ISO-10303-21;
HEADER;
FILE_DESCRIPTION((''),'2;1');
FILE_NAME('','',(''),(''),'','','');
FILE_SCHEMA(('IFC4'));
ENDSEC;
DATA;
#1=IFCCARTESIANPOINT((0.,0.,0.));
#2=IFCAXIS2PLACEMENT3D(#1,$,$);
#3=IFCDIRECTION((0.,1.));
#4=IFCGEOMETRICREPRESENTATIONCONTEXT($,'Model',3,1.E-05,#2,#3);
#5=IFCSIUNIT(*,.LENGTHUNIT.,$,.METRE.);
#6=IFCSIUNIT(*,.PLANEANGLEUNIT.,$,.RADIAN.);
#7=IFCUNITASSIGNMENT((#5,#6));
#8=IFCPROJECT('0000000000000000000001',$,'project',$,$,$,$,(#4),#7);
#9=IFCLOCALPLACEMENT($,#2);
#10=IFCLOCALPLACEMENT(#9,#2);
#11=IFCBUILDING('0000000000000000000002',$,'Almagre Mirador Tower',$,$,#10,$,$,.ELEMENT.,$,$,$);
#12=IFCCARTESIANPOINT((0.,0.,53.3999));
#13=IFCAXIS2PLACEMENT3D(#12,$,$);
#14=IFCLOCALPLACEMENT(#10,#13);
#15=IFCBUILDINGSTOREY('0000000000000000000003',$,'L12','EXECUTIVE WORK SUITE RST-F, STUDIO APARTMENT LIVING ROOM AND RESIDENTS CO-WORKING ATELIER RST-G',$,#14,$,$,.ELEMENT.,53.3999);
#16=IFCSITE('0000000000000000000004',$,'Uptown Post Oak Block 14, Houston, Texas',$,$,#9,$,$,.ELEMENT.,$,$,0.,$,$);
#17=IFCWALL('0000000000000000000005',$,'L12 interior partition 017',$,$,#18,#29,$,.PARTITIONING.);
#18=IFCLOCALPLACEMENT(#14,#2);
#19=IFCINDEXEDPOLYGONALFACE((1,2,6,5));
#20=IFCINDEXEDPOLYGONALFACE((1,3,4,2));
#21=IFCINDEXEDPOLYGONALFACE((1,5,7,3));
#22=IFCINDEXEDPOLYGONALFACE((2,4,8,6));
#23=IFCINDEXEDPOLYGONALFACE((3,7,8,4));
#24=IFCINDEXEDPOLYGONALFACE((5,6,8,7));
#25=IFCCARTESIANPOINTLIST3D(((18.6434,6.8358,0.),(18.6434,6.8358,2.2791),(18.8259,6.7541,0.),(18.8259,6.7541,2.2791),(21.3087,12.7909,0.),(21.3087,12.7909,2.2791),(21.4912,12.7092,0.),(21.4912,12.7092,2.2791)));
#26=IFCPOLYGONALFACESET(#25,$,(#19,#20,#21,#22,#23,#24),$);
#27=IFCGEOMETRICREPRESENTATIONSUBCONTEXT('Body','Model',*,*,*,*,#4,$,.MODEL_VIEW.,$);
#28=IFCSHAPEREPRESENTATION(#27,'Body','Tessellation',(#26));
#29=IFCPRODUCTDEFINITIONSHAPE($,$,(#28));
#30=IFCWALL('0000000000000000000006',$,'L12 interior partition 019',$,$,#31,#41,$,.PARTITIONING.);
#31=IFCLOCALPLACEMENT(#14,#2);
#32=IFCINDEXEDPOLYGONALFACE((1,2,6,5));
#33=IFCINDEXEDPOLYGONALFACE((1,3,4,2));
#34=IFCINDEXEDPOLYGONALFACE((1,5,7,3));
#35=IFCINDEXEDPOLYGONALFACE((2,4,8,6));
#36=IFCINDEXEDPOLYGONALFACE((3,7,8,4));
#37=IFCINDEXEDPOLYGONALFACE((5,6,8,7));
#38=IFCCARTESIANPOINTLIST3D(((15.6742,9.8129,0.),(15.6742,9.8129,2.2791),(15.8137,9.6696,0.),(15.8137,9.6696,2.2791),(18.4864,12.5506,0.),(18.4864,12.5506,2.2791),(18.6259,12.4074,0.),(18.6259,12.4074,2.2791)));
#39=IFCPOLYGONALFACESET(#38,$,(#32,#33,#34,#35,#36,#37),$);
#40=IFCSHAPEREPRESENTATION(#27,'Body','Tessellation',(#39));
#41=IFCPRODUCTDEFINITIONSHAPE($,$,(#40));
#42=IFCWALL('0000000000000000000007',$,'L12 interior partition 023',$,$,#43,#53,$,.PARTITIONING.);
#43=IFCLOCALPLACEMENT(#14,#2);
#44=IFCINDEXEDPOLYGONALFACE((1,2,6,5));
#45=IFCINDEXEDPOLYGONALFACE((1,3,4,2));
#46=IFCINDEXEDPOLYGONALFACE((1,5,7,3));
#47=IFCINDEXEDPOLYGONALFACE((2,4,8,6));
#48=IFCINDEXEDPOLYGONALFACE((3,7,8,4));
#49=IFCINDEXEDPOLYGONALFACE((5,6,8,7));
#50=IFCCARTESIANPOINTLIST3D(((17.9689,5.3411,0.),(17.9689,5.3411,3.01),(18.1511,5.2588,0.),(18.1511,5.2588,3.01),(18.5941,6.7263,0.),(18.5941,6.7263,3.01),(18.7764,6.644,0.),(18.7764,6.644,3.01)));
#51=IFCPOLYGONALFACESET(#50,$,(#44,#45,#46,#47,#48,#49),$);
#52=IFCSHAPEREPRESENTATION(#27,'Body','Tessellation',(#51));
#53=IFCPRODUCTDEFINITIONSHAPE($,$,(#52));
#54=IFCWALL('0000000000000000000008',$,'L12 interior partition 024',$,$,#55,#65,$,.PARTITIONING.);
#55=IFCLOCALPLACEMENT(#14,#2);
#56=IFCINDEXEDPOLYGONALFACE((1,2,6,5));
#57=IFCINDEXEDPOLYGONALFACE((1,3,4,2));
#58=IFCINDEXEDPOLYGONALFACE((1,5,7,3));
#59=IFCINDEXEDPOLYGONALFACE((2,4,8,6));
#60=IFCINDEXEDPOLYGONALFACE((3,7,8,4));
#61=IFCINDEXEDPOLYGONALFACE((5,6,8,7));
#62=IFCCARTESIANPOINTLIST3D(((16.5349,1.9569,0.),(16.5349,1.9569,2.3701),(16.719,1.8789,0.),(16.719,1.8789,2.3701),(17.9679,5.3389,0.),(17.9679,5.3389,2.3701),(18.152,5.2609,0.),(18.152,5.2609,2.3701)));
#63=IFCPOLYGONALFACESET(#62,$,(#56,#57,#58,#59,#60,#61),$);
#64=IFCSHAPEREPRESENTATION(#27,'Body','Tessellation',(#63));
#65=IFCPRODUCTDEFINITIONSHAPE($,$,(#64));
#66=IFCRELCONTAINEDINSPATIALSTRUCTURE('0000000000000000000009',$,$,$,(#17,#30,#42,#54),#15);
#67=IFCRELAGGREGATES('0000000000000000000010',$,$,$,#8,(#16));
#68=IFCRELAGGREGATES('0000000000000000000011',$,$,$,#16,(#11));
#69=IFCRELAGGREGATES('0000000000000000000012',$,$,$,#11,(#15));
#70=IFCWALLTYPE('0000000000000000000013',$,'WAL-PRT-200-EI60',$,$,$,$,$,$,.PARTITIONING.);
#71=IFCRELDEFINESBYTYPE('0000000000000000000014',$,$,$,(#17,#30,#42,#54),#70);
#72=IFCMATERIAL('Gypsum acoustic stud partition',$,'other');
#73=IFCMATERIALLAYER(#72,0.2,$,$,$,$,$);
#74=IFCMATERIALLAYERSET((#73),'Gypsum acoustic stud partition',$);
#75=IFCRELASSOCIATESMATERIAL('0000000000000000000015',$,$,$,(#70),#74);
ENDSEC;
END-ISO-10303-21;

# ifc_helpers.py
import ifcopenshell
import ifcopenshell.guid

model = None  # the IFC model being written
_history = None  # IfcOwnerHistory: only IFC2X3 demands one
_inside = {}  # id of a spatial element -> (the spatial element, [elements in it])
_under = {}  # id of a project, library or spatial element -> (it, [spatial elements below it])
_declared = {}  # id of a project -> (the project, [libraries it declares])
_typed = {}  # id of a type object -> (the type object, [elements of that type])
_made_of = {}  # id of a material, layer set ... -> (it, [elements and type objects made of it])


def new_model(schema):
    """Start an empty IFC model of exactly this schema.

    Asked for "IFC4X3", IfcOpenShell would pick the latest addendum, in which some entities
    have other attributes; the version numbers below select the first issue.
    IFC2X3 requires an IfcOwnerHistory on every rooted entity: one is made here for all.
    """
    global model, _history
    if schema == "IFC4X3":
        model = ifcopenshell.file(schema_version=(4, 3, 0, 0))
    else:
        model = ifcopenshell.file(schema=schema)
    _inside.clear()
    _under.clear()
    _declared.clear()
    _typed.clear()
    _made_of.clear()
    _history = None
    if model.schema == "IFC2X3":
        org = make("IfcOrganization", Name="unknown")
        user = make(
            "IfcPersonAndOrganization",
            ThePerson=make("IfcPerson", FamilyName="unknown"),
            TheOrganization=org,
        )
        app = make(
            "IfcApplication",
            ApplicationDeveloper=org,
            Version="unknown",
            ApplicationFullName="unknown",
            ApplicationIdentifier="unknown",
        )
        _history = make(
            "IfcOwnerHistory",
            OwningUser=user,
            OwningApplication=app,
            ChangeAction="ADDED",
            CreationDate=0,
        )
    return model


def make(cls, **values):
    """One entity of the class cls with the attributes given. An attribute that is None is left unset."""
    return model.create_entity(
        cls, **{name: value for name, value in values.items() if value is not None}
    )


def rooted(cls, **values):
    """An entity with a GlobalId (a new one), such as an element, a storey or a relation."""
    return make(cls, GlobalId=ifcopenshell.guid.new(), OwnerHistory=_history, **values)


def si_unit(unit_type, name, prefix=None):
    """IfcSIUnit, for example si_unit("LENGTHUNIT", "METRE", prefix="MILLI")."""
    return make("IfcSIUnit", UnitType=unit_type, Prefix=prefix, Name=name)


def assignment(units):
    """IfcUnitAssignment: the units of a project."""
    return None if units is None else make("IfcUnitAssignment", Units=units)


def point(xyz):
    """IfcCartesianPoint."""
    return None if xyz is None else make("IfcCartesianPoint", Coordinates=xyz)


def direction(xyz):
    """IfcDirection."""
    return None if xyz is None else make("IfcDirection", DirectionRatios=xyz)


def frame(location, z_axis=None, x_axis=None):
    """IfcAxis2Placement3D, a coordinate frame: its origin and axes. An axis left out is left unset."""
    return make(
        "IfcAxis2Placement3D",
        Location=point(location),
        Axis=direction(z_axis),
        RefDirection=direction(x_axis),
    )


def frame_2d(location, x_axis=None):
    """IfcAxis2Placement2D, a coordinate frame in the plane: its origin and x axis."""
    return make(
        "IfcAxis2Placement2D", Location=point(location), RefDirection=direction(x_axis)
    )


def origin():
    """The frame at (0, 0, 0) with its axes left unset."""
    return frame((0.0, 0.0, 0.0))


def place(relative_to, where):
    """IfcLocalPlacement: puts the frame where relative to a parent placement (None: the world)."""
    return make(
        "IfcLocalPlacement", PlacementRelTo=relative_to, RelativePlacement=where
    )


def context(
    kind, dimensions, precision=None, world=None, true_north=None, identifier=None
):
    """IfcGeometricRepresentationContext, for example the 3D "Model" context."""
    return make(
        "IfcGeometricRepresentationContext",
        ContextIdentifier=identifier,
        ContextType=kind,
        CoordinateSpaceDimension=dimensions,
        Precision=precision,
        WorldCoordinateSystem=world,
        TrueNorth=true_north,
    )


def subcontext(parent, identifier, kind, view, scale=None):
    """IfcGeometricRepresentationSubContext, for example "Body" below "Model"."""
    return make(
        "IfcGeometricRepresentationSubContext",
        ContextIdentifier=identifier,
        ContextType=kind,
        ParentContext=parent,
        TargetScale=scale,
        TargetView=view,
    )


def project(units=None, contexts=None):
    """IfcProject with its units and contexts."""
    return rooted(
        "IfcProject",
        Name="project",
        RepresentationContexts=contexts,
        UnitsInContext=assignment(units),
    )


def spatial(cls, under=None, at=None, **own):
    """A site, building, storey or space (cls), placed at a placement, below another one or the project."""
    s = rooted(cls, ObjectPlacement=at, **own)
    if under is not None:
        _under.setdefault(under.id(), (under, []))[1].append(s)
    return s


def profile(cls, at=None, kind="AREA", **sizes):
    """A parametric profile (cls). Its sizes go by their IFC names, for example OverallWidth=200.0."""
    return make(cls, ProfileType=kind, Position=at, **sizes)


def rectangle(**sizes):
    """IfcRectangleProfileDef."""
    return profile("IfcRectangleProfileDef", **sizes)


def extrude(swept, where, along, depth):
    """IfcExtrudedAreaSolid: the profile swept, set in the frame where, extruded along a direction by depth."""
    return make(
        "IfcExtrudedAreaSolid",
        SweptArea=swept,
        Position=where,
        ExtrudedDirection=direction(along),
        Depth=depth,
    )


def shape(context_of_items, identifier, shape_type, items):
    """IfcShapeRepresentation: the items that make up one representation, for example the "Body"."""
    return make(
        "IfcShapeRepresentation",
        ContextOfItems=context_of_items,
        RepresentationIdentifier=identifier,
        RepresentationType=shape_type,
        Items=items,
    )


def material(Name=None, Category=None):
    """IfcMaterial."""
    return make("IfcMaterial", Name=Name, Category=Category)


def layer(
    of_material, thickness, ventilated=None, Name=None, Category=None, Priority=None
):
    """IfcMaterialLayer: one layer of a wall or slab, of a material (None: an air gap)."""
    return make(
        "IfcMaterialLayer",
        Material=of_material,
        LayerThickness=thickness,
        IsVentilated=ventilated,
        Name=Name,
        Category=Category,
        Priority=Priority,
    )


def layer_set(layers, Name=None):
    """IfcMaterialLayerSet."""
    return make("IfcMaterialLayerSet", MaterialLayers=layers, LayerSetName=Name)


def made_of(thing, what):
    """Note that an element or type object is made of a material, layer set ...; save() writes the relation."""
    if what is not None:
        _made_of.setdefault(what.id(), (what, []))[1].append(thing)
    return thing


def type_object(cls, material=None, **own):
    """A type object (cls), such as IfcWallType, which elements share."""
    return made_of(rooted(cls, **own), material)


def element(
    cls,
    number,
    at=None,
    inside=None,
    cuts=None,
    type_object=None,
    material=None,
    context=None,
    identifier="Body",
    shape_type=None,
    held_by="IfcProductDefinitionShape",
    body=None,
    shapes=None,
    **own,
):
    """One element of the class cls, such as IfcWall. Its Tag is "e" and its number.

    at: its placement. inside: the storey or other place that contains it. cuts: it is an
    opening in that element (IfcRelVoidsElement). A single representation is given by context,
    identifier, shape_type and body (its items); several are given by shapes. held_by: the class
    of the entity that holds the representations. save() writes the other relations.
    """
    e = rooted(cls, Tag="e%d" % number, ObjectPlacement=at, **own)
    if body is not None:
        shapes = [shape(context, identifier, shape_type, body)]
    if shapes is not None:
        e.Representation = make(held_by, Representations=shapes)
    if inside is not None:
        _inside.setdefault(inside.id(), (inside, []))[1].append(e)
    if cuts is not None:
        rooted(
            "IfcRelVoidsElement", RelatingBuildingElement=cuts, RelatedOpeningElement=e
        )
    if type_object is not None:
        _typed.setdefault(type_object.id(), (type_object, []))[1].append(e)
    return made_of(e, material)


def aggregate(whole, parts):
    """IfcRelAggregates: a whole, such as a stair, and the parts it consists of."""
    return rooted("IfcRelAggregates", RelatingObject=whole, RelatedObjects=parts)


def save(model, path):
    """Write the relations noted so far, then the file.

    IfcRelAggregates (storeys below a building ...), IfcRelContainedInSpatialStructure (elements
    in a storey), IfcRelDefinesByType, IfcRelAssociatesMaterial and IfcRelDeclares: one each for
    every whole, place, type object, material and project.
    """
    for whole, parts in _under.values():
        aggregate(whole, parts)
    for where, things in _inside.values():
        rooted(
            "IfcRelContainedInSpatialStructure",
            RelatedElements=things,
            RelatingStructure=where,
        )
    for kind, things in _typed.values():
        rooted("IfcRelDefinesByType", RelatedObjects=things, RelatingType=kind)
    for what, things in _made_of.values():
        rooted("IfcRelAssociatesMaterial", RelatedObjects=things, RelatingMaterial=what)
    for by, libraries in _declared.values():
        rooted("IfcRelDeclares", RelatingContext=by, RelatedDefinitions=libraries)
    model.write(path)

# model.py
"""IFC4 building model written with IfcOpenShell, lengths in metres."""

from ifc_helpers import new_model, si_unit, direction, frame, frame_2d, origin, place, context, subcontext, project, spatial, rectangle, extrude, material, layer, layer_set, type_object, element, save


model = new_model("IFC4")

# Units and contexts
model_context = context("Model", 3, precision=1e-05, world=origin(), true_north=direction((0.0, 1.0)))
body_context = subcontext(model_context, "Body", "Model", "MODEL_VIEW")
ifc_project = project(units=[si_unit("LENGTHUNIT", "METRE"), si_unit("PLANEANGLEUNIT", "RADIAN")], contexts=[model_context])

# Site, building, storey
site_placement = place(None, origin())
site = spatial("IfcSite", under=ifc_project, at=site_placement, Name="Uptown Post Oak Block 14, Houston, Texas", CompositionType="ELEMENT", RefElevation=0.0)
building_placement = place(site_placement, origin())
building = spatial("IfcBuilding", under=site, at=building_placement, Name="Almagre Mirador Tower", CompositionType="ELEMENT")
storey_placement = place(building_placement, frame((0.0, 0.0, 53.3999)))
storey = spatial("IfcBuildingStorey", under=building, at=storey_placement, Name="L12", Description="EXECUTIVE WORK SUITE RST-F, STUDIO APARTMENT LIVING ROOM AND RESIDENTS CO-WORKING ATELIER RST-G", CompositionType="ELEMENT", Elevation=53.3999)

# Shared definitions
ifc_material_1 = material(Name="Gypsum acoustic stud partition", Category="other")
ifc_layer_1 = layer(ifc_material_1, 0.2)
ifc_layer_set_1 = layer_set([ifc_layer_1], Name="Gypsum acoustic stud partition")
wall_type_1 = type_object("IfcWallType", Name="WAL-PRT-200-EI60", PredefinedType="PARTITIONING", material=ifc_layer_set_1)

# Walls
wall_1_placement = place(storey_placement, frame((18.7346, 6.7949, 0.0), z_axis=(0.0, 0.0, 1.0), x_axis=(0.408515, 0.912751, 0.0)))
element("IfcWall", 1, at=wall_1_placement, inside=storey, type_object=wall_type_1, Name="L12 interior partition 017", PredefinedType="PARTITIONING", context=body_context, shape_type="SweptSolid", body=[
    extrude(rectangle(XDim=6.5244, YDim=0.2, at=frame_2d((3.2622, 0.0))), origin(), (0.0, 0.0, 1.0), 2.2791),
])
wall_2_placement = place(storey_placement, frame((18.5562, 12.479, 0.0), z_axis=(0.0, 0.0, 1.0), x_axis=(-0.716529, -0.697557, 0.0)))
element("IfcWall", 2, at=wall_2_placement, inside=storey, type_object=wall_type_1, Name="L12 interior partition 019", PredefinedType="PARTITIONING", context=body_context, shape_type="SweptSolid", body=[
    extrude(rectangle(XDim=3.9248, YDim=0.2, at=frame_2d((1.9624, 0.0))), origin(), (0.0, 0.0, 1.0), 2.2791),
])
wall_3_placement = place(storey_placement, frame((18.0601, 5.3, 0.0), z_axis=(0.0, 0.0, 1.0), x_axis=(0.411393, 0.911458, 0.0)))
element("IfcWall", 3, at=wall_3_placement, inside=storey, type_object=wall_type_1, Name="L12 interior partition 023", PredefinedType="PARTITIONING", context=body_context, shape_type="SweptSolid", body=[
    extrude(rectangle(XDim=1.5198, YDim=0.2, at=frame_2d((0.7598, 0.0))), origin(), (0.0, 0.0, 1.0), 3.01),
])
wall_4_placement = place(storey_placement, frame((16.627, 1.918, 0.0), z_axis=(0.0, 0.0, 1.0), x_axis=(0.390154, 0.92075, 0.0)))
element("IfcWall", 4, at=wall_4_placement, inside=storey, type_object=wall_type_1, Name="L12 interior partition 024", PredefinedType="PARTITIONING", context=body_context, shape_type="SweptSolid", body=[
    extrude(rectangle(XDim=3.6731, YDim=0.2, at=frame_2d((1.8364, 0.0))), origin(), (0.0, 0.0, 1.0), 2.3701),
])

save(model, "model.ifc")
